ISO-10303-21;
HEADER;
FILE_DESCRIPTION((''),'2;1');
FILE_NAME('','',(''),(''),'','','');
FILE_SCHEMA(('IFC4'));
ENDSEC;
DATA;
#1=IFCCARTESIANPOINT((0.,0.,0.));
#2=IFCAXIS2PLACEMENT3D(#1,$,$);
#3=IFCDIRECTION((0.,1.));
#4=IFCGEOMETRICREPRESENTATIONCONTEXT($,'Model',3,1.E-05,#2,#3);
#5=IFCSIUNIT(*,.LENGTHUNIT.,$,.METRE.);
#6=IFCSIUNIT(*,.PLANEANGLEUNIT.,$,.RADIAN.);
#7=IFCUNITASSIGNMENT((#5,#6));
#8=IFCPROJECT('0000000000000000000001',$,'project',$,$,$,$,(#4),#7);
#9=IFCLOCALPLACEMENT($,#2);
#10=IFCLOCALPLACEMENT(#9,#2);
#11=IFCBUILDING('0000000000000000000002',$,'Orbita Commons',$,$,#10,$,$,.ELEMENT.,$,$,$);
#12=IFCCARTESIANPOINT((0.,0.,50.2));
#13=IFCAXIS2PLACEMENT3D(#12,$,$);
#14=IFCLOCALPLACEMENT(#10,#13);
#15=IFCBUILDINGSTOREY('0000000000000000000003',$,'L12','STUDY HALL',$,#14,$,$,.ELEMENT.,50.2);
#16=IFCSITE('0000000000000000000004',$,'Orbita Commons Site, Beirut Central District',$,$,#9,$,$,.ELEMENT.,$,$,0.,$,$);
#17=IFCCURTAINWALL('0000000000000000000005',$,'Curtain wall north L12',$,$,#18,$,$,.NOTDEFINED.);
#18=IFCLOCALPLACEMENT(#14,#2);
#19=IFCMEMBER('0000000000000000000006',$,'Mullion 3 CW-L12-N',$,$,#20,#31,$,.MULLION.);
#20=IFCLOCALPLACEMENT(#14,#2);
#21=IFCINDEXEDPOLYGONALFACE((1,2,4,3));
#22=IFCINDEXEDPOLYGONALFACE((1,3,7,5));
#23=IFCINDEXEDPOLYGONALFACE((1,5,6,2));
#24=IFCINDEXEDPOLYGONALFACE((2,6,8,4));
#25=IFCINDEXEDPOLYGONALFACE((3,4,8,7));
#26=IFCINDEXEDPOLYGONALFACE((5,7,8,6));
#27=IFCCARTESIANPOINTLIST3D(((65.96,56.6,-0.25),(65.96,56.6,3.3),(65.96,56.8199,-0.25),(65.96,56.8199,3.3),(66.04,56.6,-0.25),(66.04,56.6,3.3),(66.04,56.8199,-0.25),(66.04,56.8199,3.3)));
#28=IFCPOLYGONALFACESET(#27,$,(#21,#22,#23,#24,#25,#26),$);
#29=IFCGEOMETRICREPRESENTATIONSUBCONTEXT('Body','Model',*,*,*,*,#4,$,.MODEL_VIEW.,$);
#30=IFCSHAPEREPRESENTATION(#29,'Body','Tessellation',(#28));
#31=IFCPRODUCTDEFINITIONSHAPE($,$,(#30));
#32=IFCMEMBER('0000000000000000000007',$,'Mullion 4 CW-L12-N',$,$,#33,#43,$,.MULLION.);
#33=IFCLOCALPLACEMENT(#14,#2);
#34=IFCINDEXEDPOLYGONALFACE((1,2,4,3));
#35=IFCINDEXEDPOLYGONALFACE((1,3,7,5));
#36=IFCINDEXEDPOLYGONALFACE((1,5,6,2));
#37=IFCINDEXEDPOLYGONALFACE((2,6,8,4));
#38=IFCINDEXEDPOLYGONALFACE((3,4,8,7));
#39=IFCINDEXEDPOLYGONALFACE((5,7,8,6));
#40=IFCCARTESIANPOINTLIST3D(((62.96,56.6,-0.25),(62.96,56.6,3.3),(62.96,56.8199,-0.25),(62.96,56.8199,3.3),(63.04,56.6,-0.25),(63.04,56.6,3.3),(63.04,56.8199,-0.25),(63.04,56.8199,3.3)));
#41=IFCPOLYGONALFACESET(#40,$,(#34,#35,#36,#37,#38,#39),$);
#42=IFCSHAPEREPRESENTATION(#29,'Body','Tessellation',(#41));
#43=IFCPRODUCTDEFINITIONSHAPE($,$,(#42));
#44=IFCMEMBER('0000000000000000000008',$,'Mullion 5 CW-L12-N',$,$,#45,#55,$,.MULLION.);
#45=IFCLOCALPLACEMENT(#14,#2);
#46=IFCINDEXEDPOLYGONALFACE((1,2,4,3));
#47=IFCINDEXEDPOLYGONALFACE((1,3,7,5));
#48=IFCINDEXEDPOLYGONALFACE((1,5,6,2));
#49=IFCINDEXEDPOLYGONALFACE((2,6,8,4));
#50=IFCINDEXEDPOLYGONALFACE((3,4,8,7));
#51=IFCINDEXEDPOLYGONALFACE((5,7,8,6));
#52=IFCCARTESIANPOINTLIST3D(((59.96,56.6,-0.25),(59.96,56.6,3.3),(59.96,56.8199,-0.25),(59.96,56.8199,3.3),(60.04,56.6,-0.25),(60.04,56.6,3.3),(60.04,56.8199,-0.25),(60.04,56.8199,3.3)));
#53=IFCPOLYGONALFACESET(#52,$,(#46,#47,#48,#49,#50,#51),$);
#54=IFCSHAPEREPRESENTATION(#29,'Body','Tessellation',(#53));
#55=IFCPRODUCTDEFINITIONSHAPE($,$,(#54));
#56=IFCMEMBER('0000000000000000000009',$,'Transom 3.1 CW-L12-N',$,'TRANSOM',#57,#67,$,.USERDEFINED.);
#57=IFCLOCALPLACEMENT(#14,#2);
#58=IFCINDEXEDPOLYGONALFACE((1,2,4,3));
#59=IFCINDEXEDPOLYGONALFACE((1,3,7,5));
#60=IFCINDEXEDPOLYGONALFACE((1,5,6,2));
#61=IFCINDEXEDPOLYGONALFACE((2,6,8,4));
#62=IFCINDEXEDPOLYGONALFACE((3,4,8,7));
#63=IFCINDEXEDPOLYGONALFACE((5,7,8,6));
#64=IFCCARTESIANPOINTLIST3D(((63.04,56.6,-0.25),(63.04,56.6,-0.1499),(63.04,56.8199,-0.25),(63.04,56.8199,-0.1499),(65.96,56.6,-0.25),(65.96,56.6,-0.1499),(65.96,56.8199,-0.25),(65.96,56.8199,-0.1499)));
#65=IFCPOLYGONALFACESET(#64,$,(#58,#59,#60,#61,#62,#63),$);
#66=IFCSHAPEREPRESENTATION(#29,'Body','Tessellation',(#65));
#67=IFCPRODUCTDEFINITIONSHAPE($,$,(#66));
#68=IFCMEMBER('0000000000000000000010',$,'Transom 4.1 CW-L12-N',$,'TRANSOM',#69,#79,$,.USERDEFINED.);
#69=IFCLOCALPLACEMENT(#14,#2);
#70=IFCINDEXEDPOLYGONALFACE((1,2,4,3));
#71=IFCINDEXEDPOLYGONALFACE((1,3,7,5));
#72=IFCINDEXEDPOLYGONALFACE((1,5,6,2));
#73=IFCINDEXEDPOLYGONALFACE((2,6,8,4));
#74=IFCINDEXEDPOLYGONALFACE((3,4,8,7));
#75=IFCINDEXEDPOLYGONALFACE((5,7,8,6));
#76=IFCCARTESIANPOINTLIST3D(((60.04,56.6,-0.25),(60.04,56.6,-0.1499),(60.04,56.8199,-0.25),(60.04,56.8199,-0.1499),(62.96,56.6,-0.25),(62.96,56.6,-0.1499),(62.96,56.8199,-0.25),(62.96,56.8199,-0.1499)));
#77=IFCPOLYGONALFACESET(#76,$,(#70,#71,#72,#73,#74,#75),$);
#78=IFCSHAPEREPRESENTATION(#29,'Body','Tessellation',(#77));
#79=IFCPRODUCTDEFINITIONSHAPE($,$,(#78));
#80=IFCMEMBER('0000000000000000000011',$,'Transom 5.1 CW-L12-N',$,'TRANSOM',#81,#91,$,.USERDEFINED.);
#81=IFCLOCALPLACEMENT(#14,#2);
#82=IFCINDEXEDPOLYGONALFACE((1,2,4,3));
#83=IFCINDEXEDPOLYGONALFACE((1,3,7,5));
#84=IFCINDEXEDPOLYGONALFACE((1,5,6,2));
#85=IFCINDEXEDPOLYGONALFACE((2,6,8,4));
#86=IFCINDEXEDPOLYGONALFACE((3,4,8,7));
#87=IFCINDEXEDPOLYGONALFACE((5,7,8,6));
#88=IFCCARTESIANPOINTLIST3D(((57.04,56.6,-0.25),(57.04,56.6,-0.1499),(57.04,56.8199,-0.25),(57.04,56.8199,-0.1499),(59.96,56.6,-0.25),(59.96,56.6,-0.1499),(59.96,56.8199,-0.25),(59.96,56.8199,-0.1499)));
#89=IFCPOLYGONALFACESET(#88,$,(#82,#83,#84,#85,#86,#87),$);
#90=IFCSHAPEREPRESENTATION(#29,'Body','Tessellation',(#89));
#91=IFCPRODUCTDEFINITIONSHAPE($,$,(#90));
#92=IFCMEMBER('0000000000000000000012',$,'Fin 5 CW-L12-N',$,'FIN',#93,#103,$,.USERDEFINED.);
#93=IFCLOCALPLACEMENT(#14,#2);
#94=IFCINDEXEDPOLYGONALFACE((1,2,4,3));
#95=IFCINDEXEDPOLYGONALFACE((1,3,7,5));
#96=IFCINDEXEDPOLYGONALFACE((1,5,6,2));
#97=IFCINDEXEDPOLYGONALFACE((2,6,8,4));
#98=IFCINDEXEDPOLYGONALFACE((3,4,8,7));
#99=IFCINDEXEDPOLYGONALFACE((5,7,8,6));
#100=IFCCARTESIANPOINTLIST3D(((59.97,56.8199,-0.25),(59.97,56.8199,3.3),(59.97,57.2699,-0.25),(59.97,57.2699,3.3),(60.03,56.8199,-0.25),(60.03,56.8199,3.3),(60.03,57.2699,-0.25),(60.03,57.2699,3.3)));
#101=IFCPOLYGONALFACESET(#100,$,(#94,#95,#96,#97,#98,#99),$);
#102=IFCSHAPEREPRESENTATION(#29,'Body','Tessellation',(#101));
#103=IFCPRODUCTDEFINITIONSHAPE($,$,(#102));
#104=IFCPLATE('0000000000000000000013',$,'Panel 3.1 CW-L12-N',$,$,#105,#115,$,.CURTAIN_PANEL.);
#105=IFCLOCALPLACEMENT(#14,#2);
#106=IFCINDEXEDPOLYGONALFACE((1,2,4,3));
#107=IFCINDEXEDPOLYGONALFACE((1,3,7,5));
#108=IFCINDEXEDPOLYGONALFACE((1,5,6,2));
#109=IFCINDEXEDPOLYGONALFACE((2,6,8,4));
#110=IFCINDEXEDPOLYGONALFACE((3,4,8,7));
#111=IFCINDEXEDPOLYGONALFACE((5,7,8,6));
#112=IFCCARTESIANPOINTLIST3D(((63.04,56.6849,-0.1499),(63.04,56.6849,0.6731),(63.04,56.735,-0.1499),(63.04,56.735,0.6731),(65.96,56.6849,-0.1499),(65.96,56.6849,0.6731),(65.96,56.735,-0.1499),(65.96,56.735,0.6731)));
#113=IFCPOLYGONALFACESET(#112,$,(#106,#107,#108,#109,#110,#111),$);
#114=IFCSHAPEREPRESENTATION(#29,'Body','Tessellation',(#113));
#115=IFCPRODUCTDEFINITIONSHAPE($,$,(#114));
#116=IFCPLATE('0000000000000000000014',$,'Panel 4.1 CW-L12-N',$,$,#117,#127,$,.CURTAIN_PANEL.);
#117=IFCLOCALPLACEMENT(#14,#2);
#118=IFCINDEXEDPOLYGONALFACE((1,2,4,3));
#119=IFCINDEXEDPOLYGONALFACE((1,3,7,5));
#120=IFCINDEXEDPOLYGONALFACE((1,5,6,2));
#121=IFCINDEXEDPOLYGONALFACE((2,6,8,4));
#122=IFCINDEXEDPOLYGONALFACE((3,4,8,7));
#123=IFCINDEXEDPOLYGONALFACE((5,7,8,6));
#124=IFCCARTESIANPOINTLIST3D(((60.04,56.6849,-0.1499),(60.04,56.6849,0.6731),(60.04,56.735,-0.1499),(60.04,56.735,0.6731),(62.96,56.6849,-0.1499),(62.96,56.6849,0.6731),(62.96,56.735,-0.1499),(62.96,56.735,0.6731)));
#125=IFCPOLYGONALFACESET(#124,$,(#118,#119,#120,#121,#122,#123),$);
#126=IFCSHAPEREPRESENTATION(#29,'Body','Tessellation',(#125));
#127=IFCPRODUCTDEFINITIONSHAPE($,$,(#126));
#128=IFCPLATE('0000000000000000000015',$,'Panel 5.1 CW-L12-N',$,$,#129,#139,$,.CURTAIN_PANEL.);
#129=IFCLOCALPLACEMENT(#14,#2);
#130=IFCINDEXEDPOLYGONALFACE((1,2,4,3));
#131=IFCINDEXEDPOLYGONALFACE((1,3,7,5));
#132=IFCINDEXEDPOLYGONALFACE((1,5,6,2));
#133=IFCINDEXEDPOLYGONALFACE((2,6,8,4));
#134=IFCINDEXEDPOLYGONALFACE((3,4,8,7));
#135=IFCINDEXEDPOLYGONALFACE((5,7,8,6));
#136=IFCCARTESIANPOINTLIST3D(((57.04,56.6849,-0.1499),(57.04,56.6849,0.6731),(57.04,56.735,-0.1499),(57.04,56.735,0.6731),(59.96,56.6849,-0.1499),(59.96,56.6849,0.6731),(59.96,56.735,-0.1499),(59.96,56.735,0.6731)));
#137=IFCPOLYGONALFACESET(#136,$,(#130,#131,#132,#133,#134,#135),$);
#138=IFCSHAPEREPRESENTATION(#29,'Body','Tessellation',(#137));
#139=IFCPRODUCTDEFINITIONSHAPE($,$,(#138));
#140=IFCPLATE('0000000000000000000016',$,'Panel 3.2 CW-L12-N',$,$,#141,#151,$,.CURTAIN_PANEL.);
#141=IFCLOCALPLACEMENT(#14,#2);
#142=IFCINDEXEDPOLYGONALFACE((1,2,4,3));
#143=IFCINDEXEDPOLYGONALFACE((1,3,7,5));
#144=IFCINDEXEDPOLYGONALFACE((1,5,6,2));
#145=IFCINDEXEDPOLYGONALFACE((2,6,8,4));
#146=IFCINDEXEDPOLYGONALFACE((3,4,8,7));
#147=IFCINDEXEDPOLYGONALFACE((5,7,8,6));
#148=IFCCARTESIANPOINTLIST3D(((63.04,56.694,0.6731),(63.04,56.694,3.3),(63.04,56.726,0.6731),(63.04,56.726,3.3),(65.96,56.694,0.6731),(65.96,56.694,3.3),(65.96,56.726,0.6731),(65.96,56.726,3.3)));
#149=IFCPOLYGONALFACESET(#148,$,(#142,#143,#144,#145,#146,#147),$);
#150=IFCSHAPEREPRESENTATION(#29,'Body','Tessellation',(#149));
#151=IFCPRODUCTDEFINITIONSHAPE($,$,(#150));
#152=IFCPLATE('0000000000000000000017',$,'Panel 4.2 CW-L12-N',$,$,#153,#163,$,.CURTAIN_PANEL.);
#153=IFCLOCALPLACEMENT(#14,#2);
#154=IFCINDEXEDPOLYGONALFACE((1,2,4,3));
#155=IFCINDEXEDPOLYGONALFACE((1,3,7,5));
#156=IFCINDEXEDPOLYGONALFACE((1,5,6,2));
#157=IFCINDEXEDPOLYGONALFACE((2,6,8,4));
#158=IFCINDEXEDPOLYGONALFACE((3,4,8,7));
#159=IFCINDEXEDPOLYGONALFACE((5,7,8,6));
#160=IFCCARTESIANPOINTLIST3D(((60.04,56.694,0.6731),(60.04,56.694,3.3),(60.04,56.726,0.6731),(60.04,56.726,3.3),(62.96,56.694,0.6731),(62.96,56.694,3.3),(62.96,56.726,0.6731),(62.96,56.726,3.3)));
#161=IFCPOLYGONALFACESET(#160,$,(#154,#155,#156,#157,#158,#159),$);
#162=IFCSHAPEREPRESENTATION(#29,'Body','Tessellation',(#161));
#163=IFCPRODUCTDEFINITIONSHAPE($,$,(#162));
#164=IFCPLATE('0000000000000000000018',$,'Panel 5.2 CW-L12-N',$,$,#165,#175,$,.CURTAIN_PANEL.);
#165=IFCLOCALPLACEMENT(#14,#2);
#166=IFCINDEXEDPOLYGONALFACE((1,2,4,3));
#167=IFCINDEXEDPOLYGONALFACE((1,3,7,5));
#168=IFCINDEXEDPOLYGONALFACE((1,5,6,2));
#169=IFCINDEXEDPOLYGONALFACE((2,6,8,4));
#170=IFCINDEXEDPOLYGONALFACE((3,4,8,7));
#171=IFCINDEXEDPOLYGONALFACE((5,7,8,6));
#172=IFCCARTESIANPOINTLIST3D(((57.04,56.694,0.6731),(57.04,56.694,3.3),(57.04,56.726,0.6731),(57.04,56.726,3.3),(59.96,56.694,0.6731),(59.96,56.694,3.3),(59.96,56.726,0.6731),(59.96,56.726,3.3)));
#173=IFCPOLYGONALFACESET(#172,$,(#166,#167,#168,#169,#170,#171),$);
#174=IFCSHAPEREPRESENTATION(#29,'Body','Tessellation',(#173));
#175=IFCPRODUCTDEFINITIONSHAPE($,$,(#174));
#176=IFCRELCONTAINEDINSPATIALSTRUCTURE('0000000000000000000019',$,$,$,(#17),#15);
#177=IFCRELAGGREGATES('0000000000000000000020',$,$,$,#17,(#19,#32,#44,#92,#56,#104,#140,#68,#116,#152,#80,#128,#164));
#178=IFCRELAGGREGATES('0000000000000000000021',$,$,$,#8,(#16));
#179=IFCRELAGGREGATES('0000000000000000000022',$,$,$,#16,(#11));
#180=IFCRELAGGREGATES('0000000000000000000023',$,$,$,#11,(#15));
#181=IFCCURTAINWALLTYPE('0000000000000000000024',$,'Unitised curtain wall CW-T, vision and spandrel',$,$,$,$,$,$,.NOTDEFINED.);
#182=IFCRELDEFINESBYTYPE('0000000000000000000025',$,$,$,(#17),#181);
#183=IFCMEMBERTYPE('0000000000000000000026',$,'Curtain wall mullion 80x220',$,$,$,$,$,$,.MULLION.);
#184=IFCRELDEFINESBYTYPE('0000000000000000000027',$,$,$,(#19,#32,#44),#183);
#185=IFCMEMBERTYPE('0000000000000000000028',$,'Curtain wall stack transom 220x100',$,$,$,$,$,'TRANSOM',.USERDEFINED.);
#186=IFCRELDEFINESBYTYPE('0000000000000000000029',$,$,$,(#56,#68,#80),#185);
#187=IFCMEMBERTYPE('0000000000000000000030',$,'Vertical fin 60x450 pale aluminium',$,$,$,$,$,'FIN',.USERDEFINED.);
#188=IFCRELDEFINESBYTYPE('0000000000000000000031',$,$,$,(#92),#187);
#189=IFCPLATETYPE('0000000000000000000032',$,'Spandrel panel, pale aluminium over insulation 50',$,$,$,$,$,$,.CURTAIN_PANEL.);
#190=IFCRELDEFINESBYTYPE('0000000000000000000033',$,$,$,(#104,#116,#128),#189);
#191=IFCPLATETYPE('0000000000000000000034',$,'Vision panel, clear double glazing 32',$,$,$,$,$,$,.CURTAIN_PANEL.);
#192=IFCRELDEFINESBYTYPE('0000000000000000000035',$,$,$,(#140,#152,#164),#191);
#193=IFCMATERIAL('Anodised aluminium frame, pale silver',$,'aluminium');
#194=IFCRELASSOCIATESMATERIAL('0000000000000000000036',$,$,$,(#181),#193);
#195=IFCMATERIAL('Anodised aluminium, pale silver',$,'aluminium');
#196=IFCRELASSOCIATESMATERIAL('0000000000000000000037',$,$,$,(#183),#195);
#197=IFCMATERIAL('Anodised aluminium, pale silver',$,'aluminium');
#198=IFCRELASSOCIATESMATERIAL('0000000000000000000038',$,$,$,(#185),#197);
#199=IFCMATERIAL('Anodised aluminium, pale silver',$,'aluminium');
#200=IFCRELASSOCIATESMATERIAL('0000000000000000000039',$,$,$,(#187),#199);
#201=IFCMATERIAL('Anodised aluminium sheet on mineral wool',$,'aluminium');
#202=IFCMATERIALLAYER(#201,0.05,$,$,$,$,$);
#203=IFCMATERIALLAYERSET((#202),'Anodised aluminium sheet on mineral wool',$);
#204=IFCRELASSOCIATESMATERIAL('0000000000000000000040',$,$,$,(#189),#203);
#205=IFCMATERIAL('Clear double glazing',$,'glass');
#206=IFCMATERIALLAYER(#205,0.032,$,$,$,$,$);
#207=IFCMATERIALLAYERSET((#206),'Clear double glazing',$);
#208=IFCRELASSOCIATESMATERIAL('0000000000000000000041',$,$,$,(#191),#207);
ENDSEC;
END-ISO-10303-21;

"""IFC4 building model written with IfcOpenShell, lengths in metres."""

from ifc_helpers import new_model, si_unit, direction, frame, origin, origin_2d, place, context, subcontext, project, spatial, rectangle, extrude, material, layer, layer_set, material_profile, profile_set, type_object, element, aggregate, save


model = new_model("IFC4")

# Units and contexts
model_context = context("Model", 3, precision=1e-05, world=origin(), true_north=direction((0.0, 1.0)))
body_context = subcontext(model_context, "Body", "Model", "MODEL_VIEW")
ifc_project = project(units=[si_unit("LENGTHUNIT", "METRE"), si_unit("PLANEANGLEUNIT", "RADIAN")], contexts=[model_context])

# Site, building, storey
site_placement = place(None, origin())
site = spatial("IfcSite", under=ifc_project, at=site_placement, Name="Orbita Commons Site, Beirut Central District", CompositionType="ELEMENT", RefElevation=0.0)
building_placement = place(site_placement, origin())
building = spatial("IfcBuilding", under=site, at=building_placement, Name="Orbita Commons", CompositionType="ELEMENT")
storey_placement = place(building_placement, frame((0.0, 0.0, 50.2)))
storey = spatial("IfcBuildingStorey", under=building, at=storey_placement, Name="L12", Description="STUDY HALL", CompositionType="ELEMENT", Elevation=50.2)

# Curtain wall, members, plates
ifc_material_1 = material(Name="Anodised aluminium frame, pale silver", Category="aluminium")
curtain_wall_type = type_object("IfcCurtainWallType", Name="Unitised curtain wall CW-T, vision and spandrel", PredefinedType="NOTDEFINED", material=ifc_material_1)
curtain_wall_placement = place(storey_placement, origin())
curtain_wall = element("IfcCurtainWall", 1, at=curtain_wall_placement, inside=storey, type_object=curtain_wall_type, Name="Curtain wall north L12", PredefinedType="NOTDEFINED")
ifc_material_2 = material(Name="Anodised aluminium, pale silver", Category="aluminium")
ifc_material_profile_1 = material_profile(ifc_material_2, rectangle(XDim=0.0801, YDim=0.22, at=origin_2d()), Name="AL 80x220")
ifc_profile_set_1 = profile_set([ifc_material_profile_1], Name="Anodised aluminium, pale silver")
member_type_1 = type_object("IfcMemberType", Name="Curtain wall mullion 80x220", PredefinedType="MULLION", material=ifc_profile_set_1)
member_1_placement = place(storey_placement, frame((66.0, 56.71, -0.25), z_axis=(0.0, 0.0, 1.0), x_axis=(-1.0, 0.0, 0.0)))
member_1 = element("IfcMember", 2, at=member_1_placement, type_object=member_type_1, Name="Mullion 3 CW-L12-N", PredefinedType="MULLION", context=body_context, shape_type="SweptSolid", body=[
    extrude(rectangle(XDim=0.0801, YDim=0.22, at=origin_2d()), origin(), (0.0, 0.0, 1.0), 3.55),
])
member_2_placement = place(storey_placement, frame((63.0, 56.71, -0.25), z_axis=(0.0, 0.0, 1.0), x_axis=(-1.0, 0.0, 0.0)))
member_2 = element("IfcMember", 3, at=member_2_placement, type_object=member_type_1, Name="Mullion 4 CW-L12-N", PredefinedType="MULLION", context=body_context, shape_type="SweptSolid", body=[
    extrude(rectangle(XDim=0.0801, YDim=0.22, at=origin_2d()), origin(), (0.0, 0.0, 1.0), 3.55),
])
member_3_placement = place(storey_placement, frame((60.0, 56.71, -0.25), z_axis=(0.0, 0.0, 1.0), x_axis=(-1.0, 0.0, 0.0)))
member_3 = element("IfcMember", 4, at=member_3_placement, type_object=member_type_1, Name="Mullion 5 CW-L12-N", PredefinedType="MULLION", context=body_context, shape_type="SweptSolid", body=[
    extrude(rectangle(XDim=0.0801, YDim=0.22, at=origin_2d()), origin(), (0.0, 0.0, 1.0), 3.55),
])
ifc_material_3 = material(Name="Anodised aluminium, pale silver", Category="aluminium")
ifc_material_profile_2 = material_profile(ifc_material_3, rectangle(XDim=0.22, YDim=0.1001, at=origin_2d()), Name="AL 220x100")
ifc_profile_set_2 = profile_set([ifc_material_profile_2], Name="Anodised aluminium, pale silver")
member_type_2 = type_object("IfcMemberType", Name="Curtain wall stack transom 220x100", ElementType="TRANSOM", PredefinedType="USERDEFINED", material=ifc_profile_set_2)
member_4_placement = place(storey_placement, frame((65.96, 56.71, -0.2), z_axis=(-1.0, 0.0, 0.0), x_axis=(0.0, -1.0, 0.0)))
member_4 = element("IfcMember", 5, at=member_4_placement, type_object=member_type_2, Name="Transom 3.1 CW-L12-N", ObjectType="TRANSOM", PredefinedType="USERDEFINED", context=body_context, shape_type="SweptSolid", body=[
    extrude(rectangle(XDim=0.22, YDim=0.1001, at=origin_2d()), origin(), (0.0, 0.0, 1.0), 2.9199),
])
member_5_placement = place(storey_placement, frame((62.96, 56.71, -0.2), z_axis=(-1.0, 0.0, 0.0), x_axis=(0.0, -1.0, 0.0)))
member_5 = element("IfcMember", 6, at=member_5_placement, type_object=member_type_2, Name="Transom 4.1 CW-L12-N", ObjectType="TRANSOM", PredefinedType="USERDEFINED", context=body_context, shape_type="SweptSolid", body=[
    extrude(rectangle(XDim=0.22, YDim=0.1001, at=origin_2d()), origin(), (0.0, 0.0, 1.0), 2.9199),
])
member_6_placement = place(storey_placement, frame((59.96, 56.71, -0.2), z_axis=(-1.0, 0.0, 0.0), x_axis=(0.0, -1.0, 0.0)))
member_6 = element("IfcMember", 7, at=member_6_placement, type_object=member_type_2, Name="Transom 5.1 CW-L12-N", ObjectType="TRANSOM", PredefinedType="USERDEFINED", context=body_context, shape_type="SweptSolid", body=[
    extrude(rectangle(XDim=0.22, YDim=0.1001, at=origin_2d()), origin(), (0.0, 0.0, 1.0), 2.9199),
])
ifc_material_4 = material(Name="Anodised aluminium, pale silver", Category="aluminium")
ifc_material_profile_3 = material_profile(ifc_material_4, rectangle(XDim=0.0601, YDim=0.45, at=origin_2d()), Name="FIN 60x450")
ifc_profile_set_3 = profile_set([ifc_material_profile_3], Name="Anodised aluminium, pale silver")
member_type_3 = type_object("IfcMemberType", Name="Vertical fin 60x450 pale aluminium", ElementType="FIN", PredefinedType="USERDEFINED", material=ifc_profile_set_3)
member_7_placement = place(storey_placement, frame((60.0, 57.0449, -0.25), z_axis=(0.0, 0.0, 1.0), x_axis=(-1.0, 0.0, 0.0)))
member_7 = element("IfcMember", 8, at=member_7_placement, type_object=member_type_3, Name="Fin 5 CW-L12-N", ObjectType="FIN", PredefinedType="USERDEFINED", context=body_context, shape_type="SweptSolid", body=[
    extrude(rectangle(XDim=0.0601, YDim=0.45, at=origin_2d()), origin(), (0.0, 0.0, 1.0), 3.55),
])
ifc_material_5 = material(Name="Anodised aluminium sheet on mineral wool", Category="aluminium")
ifc_layer_1 = layer(ifc_material_5, 0.05)
ifc_layer_set_1 = layer_set([ifc_layer_1], Name="Anodised aluminium sheet on mineral wool")
plate_type_1 = type_object("IfcPlateType", Name="Spandrel panel, pale aluminium over insulation 50", PredefinedType="CURTAIN_PANEL", material=ifc_layer_set_1)
plate_1_placement = place(storey_placement, frame((64.5, 56.71, -0.1499), z_axis=(0.0, 0.0, 1.0), x_axis=(-1.0, 0.0, 0.0)))
plate_1 = element("IfcPlate", 9, at=plate_1_placement, type_object=plate_type_1, Name="Panel 3.1 CW-L12-N", PredefinedType="CURTAIN_PANEL", context=body_context, shape_type="SweptSolid", body=[
    extrude(rectangle(XDim=2.9199, YDim=0.05, at=origin_2d()), origin(), (0.0, 0.0, 1.0), 0.823),
])
plate_2_placement = place(storey_placement, frame((61.5, 56.71, -0.1499), z_axis=(0.0, 0.0, 1.0), x_axis=(-1.0, 0.0, 0.0)))
plate_2 = element("IfcPlate", 10, at=plate_2_placement, type_object=plate_type_1, Name="Panel 4.1 CW-L12-N", PredefinedType="CURTAIN_PANEL", context=body_context, shape_type="SweptSolid", body=[
    extrude(rectangle(XDim=2.9199, YDim=0.05, at=origin_2d()), origin(), (0.0, 0.0, 1.0), 0.823),
])
plate_3_placement = place(storey_placement, frame((58.5, 56.71, -0.1499), z_axis=(0.0, 0.0, 1.0), x_axis=(-1.0, 0.0, 0.0)))
plate_3 = element("IfcPlate", 11, at=plate_3_placement, type_object=plate_type_1, Name="Panel 5.1 CW-L12-N", PredefinedType="CURTAIN_PANEL", context=body_context, shape_type="SweptSolid", body=[
    extrude(rectangle(XDim=2.9199, YDim=0.05, at=origin_2d()), origin(), (0.0, 0.0, 1.0), 0.823),
])
ifc_material_6 = material(Name="Clear double glazing", Category="glass")
ifc_layer_2 = layer(ifc_material_6, 0.032)
ifc_layer_set_2 = layer_set([ifc_layer_2], Name="Clear double glazing")
plate_type_2 = type_object("IfcPlateType", Name="Vision panel, clear double glazing 32", PredefinedType="CURTAIN_PANEL", material=ifc_layer_set_2)
plate_4_placement = place(storey_placement, frame((64.5, 56.71, 0.6731), z_axis=(0.0, 0.0, 1.0), x_axis=(-1.0, 0.0, 0.0)))
plate_4 = element("IfcPlate", 12, at=plate_4_placement, type_object=plate_type_2, Name="Panel 3.2 CW-L12-N", PredefinedType="CURTAIN_PANEL", context=body_context, shape_type="SweptSolid", body=[
    extrude(rectangle(XDim=2.9199, YDim=0.032, at=origin_2d()), origin(), (0.0, 0.0, 1.0), 2.627),
])
plate_5_placement = place(storey_placement, frame((61.5, 56.71, 0.6731), z_axis=(0.0, 0.0, 1.0), x_axis=(-1.0, 0.0, 0.0)))
plate_5 = element("IfcPlate", 13, at=plate_5_placement, type_object=plate_type_2, Name="Panel 4.2 CW-L12-N", PredefinedType="CURTAIN_PANEL", context=body_context, shape_type="SweptSolid", body=[
    extrude(rectangle(XDim=2.9199, YDim=0.032, at=origin_2d()), origin(), (0.0, 0.0, 1.0), 2.627),
])
plate_6_placement = place(storey_placement, frame((58.5, 56.71, 0.6731), z_axis=(0.0, 0.0, 1.0), x_axis=(-1.0, 0.0, 0.0)))
plate_6 = element("IfcPlate", 14, at=plate_6_placement, type_object=plate_type_2, Name="Panel 5.2 CW-L12-N", PredefinedType="CURTAIN_PANEL", context=body_context, shape_type="SweptSolid", body=[
    extrude(rectangle(XDim=2.9199, YDim=0.032, at=origin_2d()), origin(), (0.0, 0.0, 1.0), 2.627),
])
aggregate(curtain_wall, [member_1, member_2, member_3, member_7, member_4, plate_1, plate_4, member_5, plate_2, plate_5, member_6, plate_3, plate_6])

save(model, "model.ifc")
